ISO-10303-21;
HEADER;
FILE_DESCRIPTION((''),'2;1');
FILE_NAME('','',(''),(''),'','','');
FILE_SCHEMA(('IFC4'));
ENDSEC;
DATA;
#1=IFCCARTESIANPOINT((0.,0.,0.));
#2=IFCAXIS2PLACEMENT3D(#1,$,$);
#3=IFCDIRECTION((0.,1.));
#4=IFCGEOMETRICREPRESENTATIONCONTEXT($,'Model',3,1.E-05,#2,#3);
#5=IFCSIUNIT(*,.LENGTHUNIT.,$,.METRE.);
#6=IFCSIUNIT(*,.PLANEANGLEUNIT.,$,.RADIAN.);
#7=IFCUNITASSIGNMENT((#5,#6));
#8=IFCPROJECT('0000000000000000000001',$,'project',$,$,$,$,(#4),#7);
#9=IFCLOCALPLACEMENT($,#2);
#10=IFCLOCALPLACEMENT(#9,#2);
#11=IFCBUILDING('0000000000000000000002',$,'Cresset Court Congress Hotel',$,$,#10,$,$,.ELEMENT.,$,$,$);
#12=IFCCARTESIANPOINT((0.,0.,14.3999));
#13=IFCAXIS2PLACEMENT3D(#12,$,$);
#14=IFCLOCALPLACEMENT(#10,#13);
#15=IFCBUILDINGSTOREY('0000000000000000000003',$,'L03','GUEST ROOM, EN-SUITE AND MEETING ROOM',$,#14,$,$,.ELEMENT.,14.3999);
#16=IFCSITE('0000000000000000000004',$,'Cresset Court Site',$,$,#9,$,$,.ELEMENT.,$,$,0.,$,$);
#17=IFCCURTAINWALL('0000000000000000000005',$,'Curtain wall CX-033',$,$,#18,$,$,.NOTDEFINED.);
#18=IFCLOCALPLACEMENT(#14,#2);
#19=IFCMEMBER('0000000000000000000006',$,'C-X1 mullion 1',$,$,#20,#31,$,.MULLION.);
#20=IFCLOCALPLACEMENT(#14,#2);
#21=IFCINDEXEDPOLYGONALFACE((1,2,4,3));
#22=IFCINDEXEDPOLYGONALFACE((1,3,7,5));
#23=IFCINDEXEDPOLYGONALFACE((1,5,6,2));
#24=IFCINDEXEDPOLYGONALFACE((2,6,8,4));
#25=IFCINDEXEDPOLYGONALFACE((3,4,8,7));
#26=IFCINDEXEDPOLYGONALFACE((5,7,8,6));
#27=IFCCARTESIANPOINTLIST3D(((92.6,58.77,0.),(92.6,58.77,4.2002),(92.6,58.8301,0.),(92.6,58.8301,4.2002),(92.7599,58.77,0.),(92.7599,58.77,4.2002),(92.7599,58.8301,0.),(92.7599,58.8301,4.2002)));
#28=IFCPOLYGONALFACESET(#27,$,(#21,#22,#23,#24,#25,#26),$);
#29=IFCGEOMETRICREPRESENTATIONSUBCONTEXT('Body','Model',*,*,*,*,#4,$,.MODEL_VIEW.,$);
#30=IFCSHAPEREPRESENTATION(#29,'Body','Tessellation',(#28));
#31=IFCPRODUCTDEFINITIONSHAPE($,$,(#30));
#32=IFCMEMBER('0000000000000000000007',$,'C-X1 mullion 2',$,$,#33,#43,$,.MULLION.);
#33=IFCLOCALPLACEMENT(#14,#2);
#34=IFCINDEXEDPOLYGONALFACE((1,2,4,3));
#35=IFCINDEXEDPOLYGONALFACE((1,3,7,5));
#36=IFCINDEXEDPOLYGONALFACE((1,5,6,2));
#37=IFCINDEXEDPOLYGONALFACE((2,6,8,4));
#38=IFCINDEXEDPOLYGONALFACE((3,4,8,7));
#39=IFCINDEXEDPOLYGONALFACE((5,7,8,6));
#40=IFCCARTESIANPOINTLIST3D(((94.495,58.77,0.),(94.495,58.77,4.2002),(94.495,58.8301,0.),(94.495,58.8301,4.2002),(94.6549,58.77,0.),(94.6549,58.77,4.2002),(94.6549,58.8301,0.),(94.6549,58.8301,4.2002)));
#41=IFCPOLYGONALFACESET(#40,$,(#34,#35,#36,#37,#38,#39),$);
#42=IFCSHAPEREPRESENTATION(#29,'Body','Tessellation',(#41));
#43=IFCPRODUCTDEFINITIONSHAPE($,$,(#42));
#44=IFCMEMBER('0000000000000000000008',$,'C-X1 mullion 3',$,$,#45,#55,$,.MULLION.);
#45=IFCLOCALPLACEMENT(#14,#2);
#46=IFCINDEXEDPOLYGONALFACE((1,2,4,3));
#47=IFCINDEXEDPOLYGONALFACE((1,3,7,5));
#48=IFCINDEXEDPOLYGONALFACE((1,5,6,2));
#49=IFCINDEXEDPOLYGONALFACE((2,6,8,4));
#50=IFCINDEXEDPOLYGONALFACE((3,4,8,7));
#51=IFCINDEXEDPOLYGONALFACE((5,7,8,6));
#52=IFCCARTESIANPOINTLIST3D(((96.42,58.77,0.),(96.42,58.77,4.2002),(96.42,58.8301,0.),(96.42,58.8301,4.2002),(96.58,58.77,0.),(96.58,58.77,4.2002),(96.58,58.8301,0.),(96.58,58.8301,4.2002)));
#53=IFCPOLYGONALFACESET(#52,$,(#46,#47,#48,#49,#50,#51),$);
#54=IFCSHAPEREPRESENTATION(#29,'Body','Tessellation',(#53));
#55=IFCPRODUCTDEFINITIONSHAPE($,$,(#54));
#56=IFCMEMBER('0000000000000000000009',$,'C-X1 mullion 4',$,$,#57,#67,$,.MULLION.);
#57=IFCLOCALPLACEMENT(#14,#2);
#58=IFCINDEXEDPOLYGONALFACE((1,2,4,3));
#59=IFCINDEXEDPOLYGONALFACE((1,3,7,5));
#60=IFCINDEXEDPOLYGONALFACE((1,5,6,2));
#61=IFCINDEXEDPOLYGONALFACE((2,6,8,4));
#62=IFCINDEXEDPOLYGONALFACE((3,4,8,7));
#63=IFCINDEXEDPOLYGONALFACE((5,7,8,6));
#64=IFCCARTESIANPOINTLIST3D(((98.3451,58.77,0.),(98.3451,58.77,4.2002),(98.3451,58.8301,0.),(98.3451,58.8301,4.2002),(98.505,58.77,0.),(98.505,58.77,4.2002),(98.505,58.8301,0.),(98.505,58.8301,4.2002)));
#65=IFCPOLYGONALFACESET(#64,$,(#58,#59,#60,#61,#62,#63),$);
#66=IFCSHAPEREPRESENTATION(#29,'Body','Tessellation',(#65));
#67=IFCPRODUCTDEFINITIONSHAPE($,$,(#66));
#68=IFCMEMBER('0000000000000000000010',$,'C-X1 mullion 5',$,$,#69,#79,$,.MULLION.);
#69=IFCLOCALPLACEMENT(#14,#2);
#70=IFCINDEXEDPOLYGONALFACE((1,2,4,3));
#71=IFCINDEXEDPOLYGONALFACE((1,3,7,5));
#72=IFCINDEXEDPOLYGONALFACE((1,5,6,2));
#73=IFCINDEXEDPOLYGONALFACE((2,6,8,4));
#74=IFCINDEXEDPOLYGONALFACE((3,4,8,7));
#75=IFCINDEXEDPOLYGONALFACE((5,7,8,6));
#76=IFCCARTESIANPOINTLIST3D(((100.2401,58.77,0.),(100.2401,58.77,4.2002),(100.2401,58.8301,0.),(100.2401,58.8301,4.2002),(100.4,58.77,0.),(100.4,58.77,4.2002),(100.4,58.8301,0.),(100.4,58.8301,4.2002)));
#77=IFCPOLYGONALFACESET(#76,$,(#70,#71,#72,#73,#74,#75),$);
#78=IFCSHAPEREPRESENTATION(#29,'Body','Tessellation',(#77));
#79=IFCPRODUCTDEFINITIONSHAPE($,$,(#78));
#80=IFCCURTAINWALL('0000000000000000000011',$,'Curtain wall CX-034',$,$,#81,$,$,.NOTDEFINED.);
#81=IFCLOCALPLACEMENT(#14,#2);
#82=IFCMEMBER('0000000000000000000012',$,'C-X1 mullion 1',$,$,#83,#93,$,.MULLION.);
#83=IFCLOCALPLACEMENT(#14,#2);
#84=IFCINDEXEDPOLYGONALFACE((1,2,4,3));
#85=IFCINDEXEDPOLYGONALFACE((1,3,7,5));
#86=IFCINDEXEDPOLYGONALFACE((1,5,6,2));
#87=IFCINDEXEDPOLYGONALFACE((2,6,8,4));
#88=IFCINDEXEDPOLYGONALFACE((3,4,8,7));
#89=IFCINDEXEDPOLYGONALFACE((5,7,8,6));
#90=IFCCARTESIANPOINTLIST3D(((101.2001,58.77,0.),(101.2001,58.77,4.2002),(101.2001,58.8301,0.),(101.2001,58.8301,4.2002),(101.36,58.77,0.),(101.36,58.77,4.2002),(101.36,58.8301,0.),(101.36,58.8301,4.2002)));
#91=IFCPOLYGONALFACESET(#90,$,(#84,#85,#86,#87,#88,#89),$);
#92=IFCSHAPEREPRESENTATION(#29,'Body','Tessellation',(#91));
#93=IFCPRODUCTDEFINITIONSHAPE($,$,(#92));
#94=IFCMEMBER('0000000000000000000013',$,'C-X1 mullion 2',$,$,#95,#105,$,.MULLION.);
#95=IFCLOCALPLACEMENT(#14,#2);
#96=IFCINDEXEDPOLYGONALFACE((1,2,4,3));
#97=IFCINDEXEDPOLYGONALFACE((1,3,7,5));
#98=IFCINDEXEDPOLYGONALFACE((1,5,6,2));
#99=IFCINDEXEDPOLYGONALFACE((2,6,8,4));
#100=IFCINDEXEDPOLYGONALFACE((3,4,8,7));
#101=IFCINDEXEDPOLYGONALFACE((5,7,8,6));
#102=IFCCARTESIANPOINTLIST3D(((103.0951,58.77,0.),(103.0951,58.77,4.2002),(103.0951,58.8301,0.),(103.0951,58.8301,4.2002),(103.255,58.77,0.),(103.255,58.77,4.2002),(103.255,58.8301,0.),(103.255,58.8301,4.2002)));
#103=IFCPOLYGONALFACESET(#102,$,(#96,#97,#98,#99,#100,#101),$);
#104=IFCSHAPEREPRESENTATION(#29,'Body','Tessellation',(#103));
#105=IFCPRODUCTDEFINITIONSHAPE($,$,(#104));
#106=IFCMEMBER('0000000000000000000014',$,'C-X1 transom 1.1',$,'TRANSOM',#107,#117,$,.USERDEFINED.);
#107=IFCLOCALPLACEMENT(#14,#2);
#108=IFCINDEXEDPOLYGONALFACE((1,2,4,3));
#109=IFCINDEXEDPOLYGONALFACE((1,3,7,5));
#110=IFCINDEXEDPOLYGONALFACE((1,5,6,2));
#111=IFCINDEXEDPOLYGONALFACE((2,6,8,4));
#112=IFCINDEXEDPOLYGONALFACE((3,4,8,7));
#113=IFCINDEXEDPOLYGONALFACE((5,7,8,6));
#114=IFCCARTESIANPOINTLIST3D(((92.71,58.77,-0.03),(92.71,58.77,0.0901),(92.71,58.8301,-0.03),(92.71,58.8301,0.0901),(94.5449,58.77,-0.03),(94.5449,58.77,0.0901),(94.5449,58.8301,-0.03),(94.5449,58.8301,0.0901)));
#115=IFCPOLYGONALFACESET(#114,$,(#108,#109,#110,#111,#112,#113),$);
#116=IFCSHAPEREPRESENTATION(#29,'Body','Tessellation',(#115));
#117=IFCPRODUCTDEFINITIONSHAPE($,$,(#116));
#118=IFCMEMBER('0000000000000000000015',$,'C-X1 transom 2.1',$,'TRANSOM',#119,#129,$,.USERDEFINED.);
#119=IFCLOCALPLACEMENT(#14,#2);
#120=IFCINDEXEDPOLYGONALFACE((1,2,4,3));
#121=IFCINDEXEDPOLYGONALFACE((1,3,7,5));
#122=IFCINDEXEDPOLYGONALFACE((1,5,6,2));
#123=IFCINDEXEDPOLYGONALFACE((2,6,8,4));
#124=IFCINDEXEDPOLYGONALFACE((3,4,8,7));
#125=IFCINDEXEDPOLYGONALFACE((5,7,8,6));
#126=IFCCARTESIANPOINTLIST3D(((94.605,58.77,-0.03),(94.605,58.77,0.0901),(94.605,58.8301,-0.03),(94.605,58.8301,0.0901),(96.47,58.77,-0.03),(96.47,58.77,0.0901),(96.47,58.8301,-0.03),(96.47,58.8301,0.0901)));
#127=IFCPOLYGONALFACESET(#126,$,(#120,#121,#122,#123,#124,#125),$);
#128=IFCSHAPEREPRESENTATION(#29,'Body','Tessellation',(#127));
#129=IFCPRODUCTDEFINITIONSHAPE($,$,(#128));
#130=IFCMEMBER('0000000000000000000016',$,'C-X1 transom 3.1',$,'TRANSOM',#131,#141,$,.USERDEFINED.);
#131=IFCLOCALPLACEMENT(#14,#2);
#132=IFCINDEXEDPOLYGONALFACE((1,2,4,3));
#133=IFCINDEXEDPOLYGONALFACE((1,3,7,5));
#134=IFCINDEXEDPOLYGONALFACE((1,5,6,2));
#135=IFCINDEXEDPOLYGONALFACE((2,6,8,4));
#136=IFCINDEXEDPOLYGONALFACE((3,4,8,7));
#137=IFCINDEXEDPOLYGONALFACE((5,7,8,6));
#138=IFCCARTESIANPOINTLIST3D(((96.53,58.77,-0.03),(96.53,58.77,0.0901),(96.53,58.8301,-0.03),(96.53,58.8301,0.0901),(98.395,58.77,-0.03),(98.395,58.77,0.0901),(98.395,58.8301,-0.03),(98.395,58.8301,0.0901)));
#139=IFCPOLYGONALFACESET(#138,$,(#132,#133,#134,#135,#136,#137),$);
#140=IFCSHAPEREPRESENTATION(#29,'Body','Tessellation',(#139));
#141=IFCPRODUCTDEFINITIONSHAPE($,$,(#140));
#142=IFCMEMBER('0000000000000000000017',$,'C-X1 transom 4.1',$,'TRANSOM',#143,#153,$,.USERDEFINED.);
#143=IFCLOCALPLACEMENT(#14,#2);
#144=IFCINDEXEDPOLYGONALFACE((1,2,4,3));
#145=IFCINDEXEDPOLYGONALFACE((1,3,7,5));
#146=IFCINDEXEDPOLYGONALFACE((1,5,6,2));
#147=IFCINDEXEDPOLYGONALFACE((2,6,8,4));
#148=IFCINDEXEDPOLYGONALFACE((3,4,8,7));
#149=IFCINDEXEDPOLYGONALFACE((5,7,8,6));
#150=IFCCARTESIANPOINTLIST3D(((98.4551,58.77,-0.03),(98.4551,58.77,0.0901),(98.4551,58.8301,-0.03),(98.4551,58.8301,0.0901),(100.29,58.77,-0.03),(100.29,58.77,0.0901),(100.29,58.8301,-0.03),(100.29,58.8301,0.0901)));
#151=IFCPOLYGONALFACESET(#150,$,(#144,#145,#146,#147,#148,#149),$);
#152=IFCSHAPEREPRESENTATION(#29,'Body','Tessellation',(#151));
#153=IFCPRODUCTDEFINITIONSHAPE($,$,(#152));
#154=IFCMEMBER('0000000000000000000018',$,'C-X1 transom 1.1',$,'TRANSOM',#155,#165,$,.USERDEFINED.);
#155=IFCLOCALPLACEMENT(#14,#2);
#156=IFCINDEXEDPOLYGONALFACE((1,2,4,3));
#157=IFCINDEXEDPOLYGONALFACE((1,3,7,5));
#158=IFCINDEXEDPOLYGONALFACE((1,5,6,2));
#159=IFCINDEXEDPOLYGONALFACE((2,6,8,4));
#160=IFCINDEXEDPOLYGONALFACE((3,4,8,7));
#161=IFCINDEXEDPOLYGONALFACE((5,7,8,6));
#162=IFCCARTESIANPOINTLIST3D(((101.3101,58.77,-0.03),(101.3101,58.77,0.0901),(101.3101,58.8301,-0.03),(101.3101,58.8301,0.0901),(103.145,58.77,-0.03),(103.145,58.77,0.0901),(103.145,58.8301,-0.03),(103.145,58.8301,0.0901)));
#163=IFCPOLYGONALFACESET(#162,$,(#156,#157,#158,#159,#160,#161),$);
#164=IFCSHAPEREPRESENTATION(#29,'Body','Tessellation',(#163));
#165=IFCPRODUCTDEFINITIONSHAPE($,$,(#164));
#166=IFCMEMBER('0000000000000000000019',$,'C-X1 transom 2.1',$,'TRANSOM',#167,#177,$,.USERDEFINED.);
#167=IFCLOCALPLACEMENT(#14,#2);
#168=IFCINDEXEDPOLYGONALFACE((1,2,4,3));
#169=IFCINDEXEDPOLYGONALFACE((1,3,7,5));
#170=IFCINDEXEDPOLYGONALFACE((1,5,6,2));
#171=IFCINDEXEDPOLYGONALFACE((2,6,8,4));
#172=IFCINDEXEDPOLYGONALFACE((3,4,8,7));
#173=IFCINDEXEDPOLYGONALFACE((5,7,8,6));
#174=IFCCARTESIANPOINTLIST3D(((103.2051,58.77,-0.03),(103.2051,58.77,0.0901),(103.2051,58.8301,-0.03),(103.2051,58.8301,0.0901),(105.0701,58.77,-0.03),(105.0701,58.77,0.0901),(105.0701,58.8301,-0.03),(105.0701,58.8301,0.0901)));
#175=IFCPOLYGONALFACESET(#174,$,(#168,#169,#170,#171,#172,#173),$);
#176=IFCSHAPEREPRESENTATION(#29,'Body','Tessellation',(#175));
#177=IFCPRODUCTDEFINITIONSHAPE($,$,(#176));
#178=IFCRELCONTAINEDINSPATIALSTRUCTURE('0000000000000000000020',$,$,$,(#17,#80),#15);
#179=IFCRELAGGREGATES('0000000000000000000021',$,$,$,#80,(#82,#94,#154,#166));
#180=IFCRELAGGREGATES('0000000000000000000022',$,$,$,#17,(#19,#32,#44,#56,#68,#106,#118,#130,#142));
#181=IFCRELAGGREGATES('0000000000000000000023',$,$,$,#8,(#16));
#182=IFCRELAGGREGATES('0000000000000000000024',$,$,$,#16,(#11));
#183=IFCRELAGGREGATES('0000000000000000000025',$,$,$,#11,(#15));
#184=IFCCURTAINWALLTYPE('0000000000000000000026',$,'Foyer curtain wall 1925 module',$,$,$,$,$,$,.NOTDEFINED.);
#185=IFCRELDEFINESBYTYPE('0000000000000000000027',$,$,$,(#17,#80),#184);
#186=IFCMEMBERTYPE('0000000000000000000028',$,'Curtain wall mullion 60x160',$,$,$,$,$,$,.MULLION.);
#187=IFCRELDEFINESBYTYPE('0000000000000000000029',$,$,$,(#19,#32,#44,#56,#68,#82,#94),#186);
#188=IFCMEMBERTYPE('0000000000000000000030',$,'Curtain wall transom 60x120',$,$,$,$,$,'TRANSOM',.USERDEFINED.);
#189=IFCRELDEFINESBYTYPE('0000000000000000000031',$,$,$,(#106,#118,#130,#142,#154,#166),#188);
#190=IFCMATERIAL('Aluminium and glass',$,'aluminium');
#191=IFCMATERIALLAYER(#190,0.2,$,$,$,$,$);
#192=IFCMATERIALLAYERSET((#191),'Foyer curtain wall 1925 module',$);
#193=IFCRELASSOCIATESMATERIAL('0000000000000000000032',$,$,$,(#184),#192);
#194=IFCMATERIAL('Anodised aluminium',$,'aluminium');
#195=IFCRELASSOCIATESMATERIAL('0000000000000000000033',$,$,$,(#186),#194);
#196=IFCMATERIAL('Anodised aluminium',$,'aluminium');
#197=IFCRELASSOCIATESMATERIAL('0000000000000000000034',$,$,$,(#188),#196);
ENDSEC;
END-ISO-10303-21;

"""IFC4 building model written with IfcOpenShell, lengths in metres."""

from ifc_helpers import new_model, si_unit, direction, frame, origin, origin_2d, place, context, subcontext, project, spatial, rectangle, extrude, material, layer, layer_set, material_profile, profile_set, type_object, element, aggregate, save


model = new_model("IFC4")

# Units and contexts
model_context = context("Model", 3, precision=1e-05, world=origin(), true_north=direction((0.0, 1.0)))
body_context = subcontext(model_context, "Body", "Model", "MODEL_VIEW")
ifc_project = project(units=[si_unit("LENGTHUNIT", "METRE"), si_unit("PLANEANGLEUNIT", "RADIAN")], contexts=[model_context])

# Site, building, storey
site_placement = place(None, origin())
site = spatial("IfcSite", under=ifc_project, at=site_placement, Name="Cresset Court Site", CompositionType="ELEMENT", RefElevation=0.0)
building_placement = place(site_placement, origin())
building = spatial("IfcBuilding", under=site, at=building_placement, Name="Cresset Court Congress Hotel", CompositionType="ELEMENT")
storey_placement = place(building_placement, frame((0.0, 0.0, 14.3999)))
storey = spatial("IfcBuildingStorey", under=building, at=storey_placement, Name="L03", Description="GUEST ROOM, EN-SUITE AND MEETING ROOM", CompositionType="ELEMENT", Elevation=14.3999)

# Curtain walls, members
ifc_material_1 = material(Name="Aluminium and glass", Category="aluminium")
ifc_layer_1 = layer(ifc_material_1, 0.2)
ifc_layer_set_1 = layer_set([ifc_layer_1], Name="Foyer curtain wall 1925 module")
curtain_wall_type = type_object("IfcCurtainWallType", Name="Foyer curtain wall 1925 module", PredefinedType="NOTDEFINED", material=ifc_layer_set_1)
curtain_wall_1_placement = place(storey_placement, origin())
curtain_wall_1 = element("IfcCurtainWall", 1, at=curtain_wall_1_placement, inside=storey, type_object=curtain_wall_type, Name="Curtain wall CX-033", PredefinedType="NOTDEFINED")
ifc_material_2 = material(Name="Anodised aluminium", Category="aluminium")
ifc_material_profile_1 = material_profile(ifc_material_2, rectangle(XDim=0.0601, YDim=0.1599, at=origin_2d()), Name="AL60x160")
ifc_profile_set_1 = profile_set([ifc_material_profile_1], Name="Anodised aluminium")
member_type_1 = type_object("IfcMemberType", Name="Curtain wall mullion 60x160", PredefinedType="MULLION", material=ifc_profile_set_1)
member_1_placement = place(storey_placement, frame((92.6799, 58.8, 0.0), z_axis=(0.0, 0.0, 1.0), x_axis=(0.0, 1.0, 0.0)))
member_1 = element("IfcMember", 2, at=member_1_placement, type_object=member_type_1, Name="C-X1 mullion 1", PredefinedType="MULLION", context=body_context, shape_type="SweptSolid", body=[
    extrude(rectangle(XDim=0.0601, YDim=0.1599, at=origin_2d()), origin(), (0.0, 0.0, 1.0), 4.2002),
])
member_2_placement = place(storey_placement, frame((94.575, 58.8, 0.0), z_axis=(0.0, 0.0, 1.0), x_axis=(0.0, 1.0, 0.0)))
member_2 = element("IfcMember", 3, at=member_2_placement, type_object=member_type_1, Name="C-X1 mullion 2", PredefinedType="MULLION", context=body_context, shape_type="SweptSolid", body=[
    extrude(rectangle(XDim=0.0601, YDim=0.1599, at=origin_2d()), origin(), (0.0, 0.0, 1.0), 4.2002),
])
member_3_placement = place(storey_placement, frame((96.5, 58.8, 0.0), z_axis=(0.0, 0.0, 1.0), x_axis=(0.0, 1.0, 0.0)))
member_3 = element("IfcMember", 4, at=member_3_placement, type_object=member_type_1, Name="C-X1 mullion 3", PredefinedType="MULLION", context=body_context, shape_type="SweptSolid", body=[
    extrude(rectangle(XDim=0.0601, YDim=0.1599, at=origin_2d()), origin(), (0.0, 0.0, 1.0), 4.2002),
])
member_4_placement = place(storey_placement, frame((98.425, 58.8, 0.0), z_axis=(0.0, 0.0, 1.0), x_axis=(0.0, 1.0, 0.0)))
member_4 = element("IfcMember", 5, at=member_4_placement, type_object=member_type_1, Name="C-X1 mullion 4", PredefinedType="MULLION", context=body_context, shape_type="SweptSolid", body=[
    extrude(rectangle(XDim=0.0601, YDim=0.1599, at=origin_2d()), origin(), (0.0, 0.0, 1.0), 4.2002),
])
member_5_placement = place(storey_placement, frame((100.3201, 58.8, 0.0), z_axis=(0.0, 0.0, 1.0), x_axis=(0.0, 1.0, 0.0)))
member_5 = element("IfcMember", 6, at=member_5_placement, type_object=member_type_1, Name="C-X1 mullion 5", PredefinedType="MULLION", context=body_context, shape_type="SweptSolid", body=[
    extrude(rectangle(XDim=0.0601, YDim=0.1599, at=origin_2d()), origin(), (0.0, 0.0, 1.0), 4.2002),
])
curtain_wall_2_placement = place(storey_placement, origin())
curtain_wall_2 = element("IfcCurtainWall", 7, at=curtain_wall_2_placement, inside=storey, type_object=curtain_wall_type, Name="Curtain wall CX-034", PredefinedType="NOTDEFINED")
member_6_placement = place(storey_placement, frame((101.28, 58.8, 0.0), z_axis=(0.0, 0.0, 1.0), x_axis=(0.0, 1.0, 0.0)))
member_6 = element("IfcMember", 8, at=member_6_placement, type_object=member_type_1, Name="C-X1 mullion 1", PredefinedType="MULLION", context=body_context, shape_type="SweptSolid", body=[
    extrude(rectangle(XDim=0.0601, YDim=0.1599, at=origin_2d()), origin(), (0.0, 0.0, 1.0), 4.2002),
])
member_7_placement = place(storey_placement, frame((103.175, 58.8, 0.0), z_axis=(0.0, 0.0, 1.0), x_axis=(0.0, 1.0, 0.0)))
member_7 = element("IfcMember", 9, at=member_7_placement, type_object=member_type_1, Name="C-X1 mullion 2", PredefinedType="MULLION", context=body_context, shape_type="SweptSolid", body=[
    extrude(rectangle(XDim=0.0601, YDim=0.1599, at=origin_2d()), origin(), (0.0, 0.0, 1.0), 4.2002),
])

# Members
ifc_material_3 = material(Name="Anodised aluminium", Category="aluminium")
ifc_material_profile_2 = material_profile(ifc_material_3, rectangle(XDim=0.0601, YDim=0.1201, at=origin_2d()), Name="AL60x120")
ifc_profile_set_2 = profile_set([ifc_material_profile_2], Name="Anodised aluminium")
member_type_2 = type_object("IfcMemberType", Name="Curtain wall transom 60x120", ElementType="TRANSOM", PredefinedType="USERDEFINED", material=ifc_profile_set_2)
member_8_placement = place(storey_placement, frame((92.71, 58.8, 0.03), z_axis=(1.0, 0.0, 0.0), x_axis=(0.0, 1.0, 0.0)))
member_8 = element("IfcMember", 10, at=member_8_placement, type_object=member_type_2, Name="C-X1 transom 1.1", ObjectType="TRANSOM", PredefinedType="USERDEFINED", context=body_context, shape_type="SweptSolid", body=[
    extrude(rectangle(XDim=0.0601, YDim=0.1201, at=origin_2d()), origin(), (0.0, 0.0, 1.0), 1.835),
])
member_9_placement = place(storey_placement, frame((94.605, 58.8, 0.03), z_axis=(1.0, 0.0, 0.0), x_axis=(0.0, 1.0, 0.0)))
member_9 = element("IfcMember", 11, at=member_9_placement, type_object=member_type_2, Name="C-X1 transom 2.1", ObjectType="TRANSOM", PredefinedType="USERDEFINED", context=body_context, shape_type="SweptSolid", body=[
    extrude(rectangle(XDim=0.0601, YDim=0.1201, at=origin_2d()), origin(), (0.0, 0.0, 1.0), 1.865),
])
member_10_placement = place(storey_placement, frame((96.53, 58.8, 0.03), z_axis=(1.0, 0.0, 0.0), x_axis=(0.0, 1.0, 0.0)))
member_10 = element("IfcMember", 12, at=member_10_placement, type_object=member_type_2, Name="C-X1 transom 3.1", ObjectType="TRANSOM", PredefinedType="USERDEFINED", context=body_context, shape_type="SweptSolid", body=[
    extrude(rectangle(XDim=0.0601, YDim=0.1201, at=origin_2d()), origin(), (0.0, 0.0, 1.0), 1.865),
])
member_11_placement = place(storey_placement, frame((98.4551, 58.8, 0.03), z_axis=(1.0, 0.0, 0.0), x_axis=(0.0, 1.0, 0.0)))
member_11 = element("IfcMember", 13, at=member_11_placement, type_object=member_type_2, Name="C-X1 transom 4.1", ObjectType="TRANSOM", PredefinedType="USERDEFINED", context=body_context, shape_type="SweptSolid", body=[
    extrude(rectangle(XDim=0.0601, YDim=0.1201, at=origin_2d()), origin(), (0.0, 0.0, 1.0), 1.835),
])
member_12_placement = place(storey_placement, frame((101.3101, 58.8, 0.03), z_axis=(1.0, 0.0, 0.0), x_axis=(0.0, 1.0, 0.0)))
member_12 = element("IfcMember", 14, at=member_12_placement, type_object=member_type_2, Name="C-X1 transom 1.1", ObjectType="TRANSOM", PredefinedType="USERDEFINED", context=body_context, shape_type="SweptSolid", body=[
    extrude(rectangle(XDim=0.0601, YDim=0.1201, at=origin_2d()), origin(), (0.0, 0.0, 1.0), 1.835),
])
member_13_placement = place(storey_placement, frame((103.2051, 58.8, 0.03), z_axis=(1.0, 0.0, 0.0), x_axis=(0.0, 1.0, 0.0)))
member_13 = element("IfcMember", 15, at=member_13_placement, type_object=member_type_2, Name="C-X1 transom 2.1", ObjectType="TRANSOM", PredefinedType="USERDEFINED", context=body_context, shape_type="SweptSolid", body=[
    extrude(rectangle(XDim=0.0601, YDim=0.1201, at=origin_2d()), origin(), (0.0, 0.0, 1.0), 1.865),
])
aggregate(curtain_wall_2, [member_6, member_7, member_12, member_13])

aggregate(curtain_wall_1, [member_1, member_2, member_3, member_4, member_5, member_8, member_9, member_10, member_11])

save(model, "model.ifc")
